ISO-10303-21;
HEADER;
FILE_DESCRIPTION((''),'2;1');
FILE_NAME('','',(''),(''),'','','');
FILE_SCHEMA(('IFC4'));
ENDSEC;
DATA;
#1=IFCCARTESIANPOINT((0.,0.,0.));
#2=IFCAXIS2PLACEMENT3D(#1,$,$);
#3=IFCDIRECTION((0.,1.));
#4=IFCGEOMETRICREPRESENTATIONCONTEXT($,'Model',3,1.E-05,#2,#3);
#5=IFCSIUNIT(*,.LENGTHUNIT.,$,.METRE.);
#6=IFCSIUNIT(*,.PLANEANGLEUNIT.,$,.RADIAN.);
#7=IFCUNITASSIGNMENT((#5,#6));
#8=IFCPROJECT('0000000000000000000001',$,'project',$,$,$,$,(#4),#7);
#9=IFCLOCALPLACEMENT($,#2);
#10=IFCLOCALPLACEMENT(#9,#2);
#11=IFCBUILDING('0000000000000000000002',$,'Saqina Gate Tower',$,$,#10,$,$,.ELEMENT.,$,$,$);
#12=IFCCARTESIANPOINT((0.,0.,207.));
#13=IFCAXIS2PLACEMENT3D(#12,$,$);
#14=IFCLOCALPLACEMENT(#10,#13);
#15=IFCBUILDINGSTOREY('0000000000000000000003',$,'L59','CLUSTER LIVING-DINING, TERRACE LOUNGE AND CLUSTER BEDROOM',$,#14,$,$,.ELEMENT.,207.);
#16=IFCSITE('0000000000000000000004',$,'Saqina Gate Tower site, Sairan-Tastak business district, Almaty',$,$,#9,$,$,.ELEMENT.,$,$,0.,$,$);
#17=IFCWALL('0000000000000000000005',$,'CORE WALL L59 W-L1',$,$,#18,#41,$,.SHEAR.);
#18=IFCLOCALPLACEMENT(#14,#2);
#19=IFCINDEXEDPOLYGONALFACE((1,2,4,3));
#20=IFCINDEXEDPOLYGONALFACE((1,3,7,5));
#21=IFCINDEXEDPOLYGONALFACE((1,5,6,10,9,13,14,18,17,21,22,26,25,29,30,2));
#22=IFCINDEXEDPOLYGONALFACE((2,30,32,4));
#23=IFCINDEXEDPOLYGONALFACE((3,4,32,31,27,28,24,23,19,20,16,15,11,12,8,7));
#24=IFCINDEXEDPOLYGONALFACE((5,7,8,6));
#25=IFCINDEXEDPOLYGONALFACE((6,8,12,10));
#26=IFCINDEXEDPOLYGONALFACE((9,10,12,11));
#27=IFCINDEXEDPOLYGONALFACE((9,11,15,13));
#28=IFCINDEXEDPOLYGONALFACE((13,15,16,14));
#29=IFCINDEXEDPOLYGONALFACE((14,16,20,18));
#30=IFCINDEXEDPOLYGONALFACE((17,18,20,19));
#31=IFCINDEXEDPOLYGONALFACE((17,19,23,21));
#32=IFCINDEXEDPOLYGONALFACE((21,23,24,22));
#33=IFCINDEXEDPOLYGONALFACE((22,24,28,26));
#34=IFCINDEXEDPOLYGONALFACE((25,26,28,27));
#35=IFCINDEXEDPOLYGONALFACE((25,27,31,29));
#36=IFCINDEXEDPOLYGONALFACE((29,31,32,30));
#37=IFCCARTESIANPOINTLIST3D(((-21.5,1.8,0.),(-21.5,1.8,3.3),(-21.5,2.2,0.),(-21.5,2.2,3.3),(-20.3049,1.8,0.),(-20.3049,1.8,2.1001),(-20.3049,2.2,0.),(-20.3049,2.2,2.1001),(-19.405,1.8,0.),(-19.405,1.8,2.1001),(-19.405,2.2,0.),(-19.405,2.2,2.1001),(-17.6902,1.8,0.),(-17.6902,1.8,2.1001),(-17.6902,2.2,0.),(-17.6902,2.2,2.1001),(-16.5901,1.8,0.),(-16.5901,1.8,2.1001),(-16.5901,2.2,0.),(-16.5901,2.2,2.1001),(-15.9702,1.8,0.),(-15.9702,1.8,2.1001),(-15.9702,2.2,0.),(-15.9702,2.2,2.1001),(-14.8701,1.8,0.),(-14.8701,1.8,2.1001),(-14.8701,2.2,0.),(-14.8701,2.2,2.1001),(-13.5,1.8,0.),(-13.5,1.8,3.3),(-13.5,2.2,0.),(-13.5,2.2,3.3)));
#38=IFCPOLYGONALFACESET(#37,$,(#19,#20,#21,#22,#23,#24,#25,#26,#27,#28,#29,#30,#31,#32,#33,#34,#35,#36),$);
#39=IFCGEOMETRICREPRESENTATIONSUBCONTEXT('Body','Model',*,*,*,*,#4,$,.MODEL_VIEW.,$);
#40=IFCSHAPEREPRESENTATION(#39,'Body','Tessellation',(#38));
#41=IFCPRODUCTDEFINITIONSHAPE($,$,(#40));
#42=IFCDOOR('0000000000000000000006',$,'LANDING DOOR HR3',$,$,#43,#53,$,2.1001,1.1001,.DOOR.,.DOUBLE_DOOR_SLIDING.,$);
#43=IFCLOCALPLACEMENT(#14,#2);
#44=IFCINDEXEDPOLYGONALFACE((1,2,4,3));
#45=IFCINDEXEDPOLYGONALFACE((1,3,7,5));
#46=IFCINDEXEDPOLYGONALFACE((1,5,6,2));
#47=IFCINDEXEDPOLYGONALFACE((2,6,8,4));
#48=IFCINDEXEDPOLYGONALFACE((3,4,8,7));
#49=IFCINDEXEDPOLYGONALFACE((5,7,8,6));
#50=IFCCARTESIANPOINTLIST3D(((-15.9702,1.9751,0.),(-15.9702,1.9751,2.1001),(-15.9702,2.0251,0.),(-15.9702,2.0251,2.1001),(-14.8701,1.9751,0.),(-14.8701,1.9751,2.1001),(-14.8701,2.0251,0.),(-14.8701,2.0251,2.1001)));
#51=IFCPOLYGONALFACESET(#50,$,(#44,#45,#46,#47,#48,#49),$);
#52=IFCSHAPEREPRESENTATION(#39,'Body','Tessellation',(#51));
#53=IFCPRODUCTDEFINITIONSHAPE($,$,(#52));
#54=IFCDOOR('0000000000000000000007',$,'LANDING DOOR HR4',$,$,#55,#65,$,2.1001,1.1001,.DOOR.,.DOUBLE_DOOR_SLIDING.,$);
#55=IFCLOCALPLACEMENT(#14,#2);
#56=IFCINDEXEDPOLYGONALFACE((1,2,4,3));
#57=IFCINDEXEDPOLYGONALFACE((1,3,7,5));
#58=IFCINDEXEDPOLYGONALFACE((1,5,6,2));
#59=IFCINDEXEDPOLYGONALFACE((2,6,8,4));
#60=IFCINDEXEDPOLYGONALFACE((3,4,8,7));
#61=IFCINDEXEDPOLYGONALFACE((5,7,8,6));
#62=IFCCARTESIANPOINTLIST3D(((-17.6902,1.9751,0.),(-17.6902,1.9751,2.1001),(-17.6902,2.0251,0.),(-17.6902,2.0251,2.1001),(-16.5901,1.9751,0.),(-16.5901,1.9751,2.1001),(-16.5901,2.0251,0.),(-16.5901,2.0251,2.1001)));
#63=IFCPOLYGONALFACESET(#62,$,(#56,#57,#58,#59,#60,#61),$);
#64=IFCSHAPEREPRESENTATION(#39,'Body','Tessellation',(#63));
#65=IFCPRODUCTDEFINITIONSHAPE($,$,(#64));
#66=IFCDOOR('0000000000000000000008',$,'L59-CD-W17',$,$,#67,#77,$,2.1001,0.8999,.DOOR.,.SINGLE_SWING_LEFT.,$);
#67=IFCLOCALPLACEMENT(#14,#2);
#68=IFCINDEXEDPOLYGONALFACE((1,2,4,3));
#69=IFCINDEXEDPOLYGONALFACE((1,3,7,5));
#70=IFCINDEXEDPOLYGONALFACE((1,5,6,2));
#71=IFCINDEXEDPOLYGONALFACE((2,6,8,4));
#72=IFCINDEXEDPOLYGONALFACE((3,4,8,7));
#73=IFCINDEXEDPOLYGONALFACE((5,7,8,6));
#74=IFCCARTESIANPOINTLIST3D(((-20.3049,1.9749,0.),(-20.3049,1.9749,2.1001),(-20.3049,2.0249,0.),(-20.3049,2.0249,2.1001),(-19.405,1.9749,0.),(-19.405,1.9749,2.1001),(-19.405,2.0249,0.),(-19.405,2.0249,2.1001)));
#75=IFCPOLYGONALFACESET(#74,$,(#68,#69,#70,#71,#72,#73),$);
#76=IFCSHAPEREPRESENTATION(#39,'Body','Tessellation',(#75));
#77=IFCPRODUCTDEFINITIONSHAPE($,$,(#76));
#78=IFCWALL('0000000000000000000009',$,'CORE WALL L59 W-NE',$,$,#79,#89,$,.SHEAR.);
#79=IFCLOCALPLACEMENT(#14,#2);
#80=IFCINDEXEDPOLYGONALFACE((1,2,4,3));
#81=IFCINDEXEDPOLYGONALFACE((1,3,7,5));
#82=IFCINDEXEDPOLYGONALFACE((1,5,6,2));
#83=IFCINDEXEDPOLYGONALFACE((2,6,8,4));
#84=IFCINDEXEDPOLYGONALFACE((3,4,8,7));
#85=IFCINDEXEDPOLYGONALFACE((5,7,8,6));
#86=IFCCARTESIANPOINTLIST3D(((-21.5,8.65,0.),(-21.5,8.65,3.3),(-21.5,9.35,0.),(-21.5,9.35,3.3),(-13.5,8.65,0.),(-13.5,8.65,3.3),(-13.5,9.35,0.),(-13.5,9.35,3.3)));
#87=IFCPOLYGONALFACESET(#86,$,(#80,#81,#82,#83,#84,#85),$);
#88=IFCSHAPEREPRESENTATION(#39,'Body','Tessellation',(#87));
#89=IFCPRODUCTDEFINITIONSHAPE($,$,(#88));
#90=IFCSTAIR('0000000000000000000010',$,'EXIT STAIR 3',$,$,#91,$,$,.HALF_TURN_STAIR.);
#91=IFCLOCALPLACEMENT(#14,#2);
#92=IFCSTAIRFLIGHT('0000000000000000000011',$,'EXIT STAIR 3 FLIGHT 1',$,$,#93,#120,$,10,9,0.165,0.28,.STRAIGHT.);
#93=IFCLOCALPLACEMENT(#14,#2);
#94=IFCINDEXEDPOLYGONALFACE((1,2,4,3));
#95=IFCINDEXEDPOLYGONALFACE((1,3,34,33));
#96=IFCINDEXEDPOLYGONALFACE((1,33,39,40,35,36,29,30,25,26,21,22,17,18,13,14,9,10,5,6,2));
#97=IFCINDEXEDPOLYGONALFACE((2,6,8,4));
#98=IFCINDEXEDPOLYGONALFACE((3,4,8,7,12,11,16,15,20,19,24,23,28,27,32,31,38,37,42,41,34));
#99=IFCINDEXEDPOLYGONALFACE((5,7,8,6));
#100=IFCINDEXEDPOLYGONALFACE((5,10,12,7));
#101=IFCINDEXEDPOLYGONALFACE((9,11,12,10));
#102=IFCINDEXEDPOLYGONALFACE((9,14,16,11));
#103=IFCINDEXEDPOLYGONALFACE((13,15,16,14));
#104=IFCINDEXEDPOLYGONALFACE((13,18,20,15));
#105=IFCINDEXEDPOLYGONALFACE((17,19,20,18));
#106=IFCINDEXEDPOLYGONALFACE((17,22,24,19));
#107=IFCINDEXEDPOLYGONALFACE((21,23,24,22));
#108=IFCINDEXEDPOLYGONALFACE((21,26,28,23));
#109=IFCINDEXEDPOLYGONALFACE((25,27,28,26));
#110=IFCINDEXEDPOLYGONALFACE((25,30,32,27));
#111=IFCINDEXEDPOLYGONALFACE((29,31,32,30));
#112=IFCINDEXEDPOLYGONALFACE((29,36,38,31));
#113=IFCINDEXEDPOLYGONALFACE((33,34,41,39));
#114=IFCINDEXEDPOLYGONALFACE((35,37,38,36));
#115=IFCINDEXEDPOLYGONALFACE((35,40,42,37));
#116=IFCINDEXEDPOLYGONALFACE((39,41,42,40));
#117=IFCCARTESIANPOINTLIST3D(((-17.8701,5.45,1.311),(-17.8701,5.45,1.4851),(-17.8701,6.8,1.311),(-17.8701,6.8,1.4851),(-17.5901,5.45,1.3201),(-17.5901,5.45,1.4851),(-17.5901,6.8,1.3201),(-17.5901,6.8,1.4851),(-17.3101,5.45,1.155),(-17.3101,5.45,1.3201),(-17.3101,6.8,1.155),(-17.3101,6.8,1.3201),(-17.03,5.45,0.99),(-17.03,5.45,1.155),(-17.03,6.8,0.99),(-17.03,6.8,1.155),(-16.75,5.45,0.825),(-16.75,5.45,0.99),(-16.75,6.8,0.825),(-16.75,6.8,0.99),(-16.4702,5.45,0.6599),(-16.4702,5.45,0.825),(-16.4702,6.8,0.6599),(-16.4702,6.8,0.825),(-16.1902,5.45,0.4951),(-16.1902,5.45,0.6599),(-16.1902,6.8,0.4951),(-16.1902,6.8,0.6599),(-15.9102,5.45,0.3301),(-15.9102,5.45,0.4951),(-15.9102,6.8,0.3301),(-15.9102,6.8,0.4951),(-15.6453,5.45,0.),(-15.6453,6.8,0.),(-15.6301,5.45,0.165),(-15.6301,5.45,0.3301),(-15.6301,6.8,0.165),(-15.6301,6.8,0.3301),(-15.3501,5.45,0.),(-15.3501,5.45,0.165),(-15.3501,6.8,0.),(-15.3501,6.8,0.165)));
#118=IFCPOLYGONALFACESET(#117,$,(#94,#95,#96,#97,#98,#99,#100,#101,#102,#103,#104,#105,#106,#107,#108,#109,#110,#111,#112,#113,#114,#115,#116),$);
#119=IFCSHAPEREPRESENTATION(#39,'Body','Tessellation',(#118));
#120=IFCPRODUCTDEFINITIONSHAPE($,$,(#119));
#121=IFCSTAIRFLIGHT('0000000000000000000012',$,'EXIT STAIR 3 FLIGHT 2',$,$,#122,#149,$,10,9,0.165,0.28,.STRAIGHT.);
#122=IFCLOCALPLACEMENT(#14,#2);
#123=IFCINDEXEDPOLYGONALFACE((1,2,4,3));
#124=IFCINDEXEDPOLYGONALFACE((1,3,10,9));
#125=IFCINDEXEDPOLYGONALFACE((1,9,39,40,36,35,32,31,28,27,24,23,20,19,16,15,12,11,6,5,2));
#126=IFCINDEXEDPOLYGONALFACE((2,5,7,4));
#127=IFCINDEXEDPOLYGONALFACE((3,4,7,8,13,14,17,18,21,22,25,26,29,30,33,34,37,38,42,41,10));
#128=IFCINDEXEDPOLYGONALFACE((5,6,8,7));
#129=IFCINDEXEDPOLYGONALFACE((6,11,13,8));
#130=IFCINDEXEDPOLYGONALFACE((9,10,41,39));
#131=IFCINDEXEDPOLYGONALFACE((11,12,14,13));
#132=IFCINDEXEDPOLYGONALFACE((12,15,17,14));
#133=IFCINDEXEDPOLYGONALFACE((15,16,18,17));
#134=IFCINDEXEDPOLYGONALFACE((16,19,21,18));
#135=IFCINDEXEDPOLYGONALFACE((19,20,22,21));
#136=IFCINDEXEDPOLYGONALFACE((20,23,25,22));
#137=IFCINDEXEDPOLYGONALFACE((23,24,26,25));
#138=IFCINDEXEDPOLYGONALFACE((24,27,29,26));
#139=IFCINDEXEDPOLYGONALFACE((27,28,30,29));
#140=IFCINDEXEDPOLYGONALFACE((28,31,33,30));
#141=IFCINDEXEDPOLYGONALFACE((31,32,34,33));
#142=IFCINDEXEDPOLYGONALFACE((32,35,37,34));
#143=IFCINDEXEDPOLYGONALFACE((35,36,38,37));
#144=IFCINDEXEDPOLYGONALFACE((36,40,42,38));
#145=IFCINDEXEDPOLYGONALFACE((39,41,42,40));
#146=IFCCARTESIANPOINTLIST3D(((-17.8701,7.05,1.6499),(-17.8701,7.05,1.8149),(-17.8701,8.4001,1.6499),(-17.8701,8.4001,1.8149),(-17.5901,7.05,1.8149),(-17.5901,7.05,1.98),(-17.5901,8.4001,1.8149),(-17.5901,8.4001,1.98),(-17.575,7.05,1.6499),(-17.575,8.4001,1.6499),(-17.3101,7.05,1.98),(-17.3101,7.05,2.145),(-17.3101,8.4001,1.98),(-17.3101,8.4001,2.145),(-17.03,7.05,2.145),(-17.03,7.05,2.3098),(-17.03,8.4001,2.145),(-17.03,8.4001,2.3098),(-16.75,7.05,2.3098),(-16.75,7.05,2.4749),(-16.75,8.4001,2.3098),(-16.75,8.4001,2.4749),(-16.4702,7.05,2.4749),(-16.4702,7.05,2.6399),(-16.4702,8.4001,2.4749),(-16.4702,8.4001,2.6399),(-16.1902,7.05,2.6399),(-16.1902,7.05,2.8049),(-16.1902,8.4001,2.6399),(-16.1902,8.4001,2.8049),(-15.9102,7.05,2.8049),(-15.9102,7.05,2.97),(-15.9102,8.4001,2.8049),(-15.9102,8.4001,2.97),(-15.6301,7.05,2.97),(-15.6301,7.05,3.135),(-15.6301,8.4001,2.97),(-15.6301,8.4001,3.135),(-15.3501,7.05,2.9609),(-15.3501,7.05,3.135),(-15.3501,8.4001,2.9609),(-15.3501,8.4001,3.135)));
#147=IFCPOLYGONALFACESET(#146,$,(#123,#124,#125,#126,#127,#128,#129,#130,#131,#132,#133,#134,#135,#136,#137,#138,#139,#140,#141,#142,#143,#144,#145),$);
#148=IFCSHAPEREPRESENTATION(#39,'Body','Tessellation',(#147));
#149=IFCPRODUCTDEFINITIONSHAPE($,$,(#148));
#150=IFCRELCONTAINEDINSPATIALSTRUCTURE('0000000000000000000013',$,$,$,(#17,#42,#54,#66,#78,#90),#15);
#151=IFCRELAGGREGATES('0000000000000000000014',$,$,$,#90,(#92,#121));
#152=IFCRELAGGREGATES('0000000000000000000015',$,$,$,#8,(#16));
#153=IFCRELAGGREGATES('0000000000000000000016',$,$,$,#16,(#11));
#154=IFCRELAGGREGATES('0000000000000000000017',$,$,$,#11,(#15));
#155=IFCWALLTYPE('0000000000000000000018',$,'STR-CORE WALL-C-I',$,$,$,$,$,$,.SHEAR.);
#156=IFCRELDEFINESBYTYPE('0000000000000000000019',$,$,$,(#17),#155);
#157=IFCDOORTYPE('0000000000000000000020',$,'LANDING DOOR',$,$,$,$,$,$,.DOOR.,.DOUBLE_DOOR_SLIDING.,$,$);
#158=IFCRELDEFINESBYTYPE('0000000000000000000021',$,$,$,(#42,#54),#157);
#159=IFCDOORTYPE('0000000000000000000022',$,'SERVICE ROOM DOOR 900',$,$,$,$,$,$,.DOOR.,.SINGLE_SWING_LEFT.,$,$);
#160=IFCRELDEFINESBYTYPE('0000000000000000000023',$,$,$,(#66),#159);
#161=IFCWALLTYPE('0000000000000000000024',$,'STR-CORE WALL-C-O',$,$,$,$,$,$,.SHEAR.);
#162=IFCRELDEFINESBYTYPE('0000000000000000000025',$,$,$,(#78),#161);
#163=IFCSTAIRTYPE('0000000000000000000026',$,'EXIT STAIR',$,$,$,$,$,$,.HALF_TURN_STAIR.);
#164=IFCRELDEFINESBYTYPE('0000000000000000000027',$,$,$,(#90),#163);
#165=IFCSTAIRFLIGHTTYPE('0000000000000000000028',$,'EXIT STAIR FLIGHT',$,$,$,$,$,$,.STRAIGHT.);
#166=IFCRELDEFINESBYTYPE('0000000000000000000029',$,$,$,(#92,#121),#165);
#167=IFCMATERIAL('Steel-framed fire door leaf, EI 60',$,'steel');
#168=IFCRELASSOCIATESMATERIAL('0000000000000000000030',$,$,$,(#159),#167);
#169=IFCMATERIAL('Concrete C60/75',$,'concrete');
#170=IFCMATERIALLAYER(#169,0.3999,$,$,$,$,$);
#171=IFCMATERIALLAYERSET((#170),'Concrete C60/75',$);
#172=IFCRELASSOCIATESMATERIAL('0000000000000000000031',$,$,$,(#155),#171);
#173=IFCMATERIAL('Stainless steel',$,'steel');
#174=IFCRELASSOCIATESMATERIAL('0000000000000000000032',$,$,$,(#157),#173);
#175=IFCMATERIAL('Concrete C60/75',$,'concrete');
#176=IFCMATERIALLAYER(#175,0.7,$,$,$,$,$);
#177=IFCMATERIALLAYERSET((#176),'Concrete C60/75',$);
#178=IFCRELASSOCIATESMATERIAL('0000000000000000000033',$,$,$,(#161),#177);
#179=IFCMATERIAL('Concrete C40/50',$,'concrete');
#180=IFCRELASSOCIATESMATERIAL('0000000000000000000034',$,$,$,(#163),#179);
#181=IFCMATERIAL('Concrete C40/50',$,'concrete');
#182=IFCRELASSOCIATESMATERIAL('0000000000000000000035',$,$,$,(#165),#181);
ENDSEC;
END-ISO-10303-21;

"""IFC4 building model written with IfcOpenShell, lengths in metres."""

from ifc_helpers import new_model, si_unit, direction, frame, frame_2d, origin, place, context, subcontext, project, spatial, polyline, rectangle, outline, extrude, material, layer, layer_set, type_object, element, fill, aggregate, save


model = new_model("IFC4")

# Units and contexts
model_context = context("Model", 3, precision=1e-05, world=origin(), true_north=direction((0.0, 1.0)))
body_context = subcontext(model_context, "Body", "Model", "MODEL_VIEW")
ifc_project = project(units=[si_unit("LENGTHUNIT", "METRE"), si_unit("PLANEANGLEUNIT", "RADIAN")], contexts=[model_context])

# Site, building, storey
site_placement = place(None, origin())
site = spatial("IfcSite", under=ifc_project, at=site_placement, Name="Saqina Gate Tower site, Sairan-Tastak business district, Almaty", CompositionType="ELEMENT", RefElevation=0.0)
building_placement = place(site_placement, origin())
building = spatial("IfcBuilding", under=site, at=building_placement, Name="Saqina Gate Tower", CompositionType="ELEMENT")
storey_placement = place(building_placement, frame((0.0, 0.0, 207.0)))
storey = spatial("IfcBuildingStorey", under=building, at=storey_placement, Name="L59", Description="CLUSTER LIVING-DINING, TERRACE LOUNGE AND CLUSTER BEDROOM", CompositionType="ELEMENT", Elevation=207.0)

# Shared definitions
ifc_material_1 = material(Name="Steel-framed fire door leaf, EI 60", Category="steel")
door_type_1 = type_object("IfcDoorType", Name="SERVICE ROOM DOOR 900", OperationType="SINGLE_SWING_LEFT", PredefinedType="DOOR", material=ifc_material_1)

# Shared definitions
ifc_material_2 = material(Name="Concrete C60/75", Category="concrete")
ifc_layer_1 = layer(ifc_material_2, 0.3999)
ifc_layer_set_1 = layer_set([ifc_layer_1], Name="Concrete C60/75")
wall_type_1 = type_object("IfcWallType", Name="STR-CORE WALL-C-I", PredefinedType="SHEAR", material=ifc_layer_set_1)

# Wall, openings, doors
wall_1_placement = place(storey_placement, frame((-13.5, 2.0, 0.0), z_axis=(0.0, 0.0, 1.0), x_axis=(-1.0, 0.0, 0.0)))
wall_1 = element("IfcWall", 1, at=wall_1_placement, inside=storey, type_object=wall_type_1, Name="CORE WALL L59 W-L1", PredefinedType="SHEAR", context=body_context, shape_type="SweptSolid", body=[
    extrude(rectangle(XDim=8.0, YDim=0.3999, at=frame_2d((4.0, 0.0))), origin(), (0.0, 0.0, 1.0), 3.3),
])
opening_1_placement = place(wall_1_placement, frame((1.3701, 0.0, 0.0)))
opening_1 = element("IfcOpeningElement", 2, at=opening_1_placement, cuts=wall_1, PredefinedType="OPENING", context=body_context, shape_type="SweptSolid", body=[
    extrude(rectangle(XDim=1.1001, YDim=2.1001, at=frame_2d((0.55, 1.05))), frame((0.0, 0.2119, 0.0), z_axis=(0.0, -1.0, 0.0), x_axis=(1.0, 0.0, 0.0)), (0.0, 0.0, 1.0), 0.4238),
])
opening_2_placement = place(wall_1_placement, frame((3.0901, 0.0, 0.0)))
opening_2 = element("IfcOpeningElement", 3, at=opening_2_placement, cuts=wall_1, PredefinedType="OPENING", context=body_context, shape_type="SweptSolid", body=[
    extrude(rectangle(XDim=1.1001, YDim=2.1001, at=frame_2d((0.55, 1.05))), frame((0.0, 0.2119, 0.0), z_axis=(0.0, -1.0, 0.0), x_axis=(1.0, 0.0, 0.0)), (0.0, 0.0, 1.0), 0.4238),
])
opening_3_placement = place(wall_1_placement, frame((5.905, 0.0, 0.0)))
opening_3 = element("IfcOpeningElement", 4, at=opening_3_placement, cuts=wall_1, PredefinedType="OPENING", context=body_context, shape_type="SweptSolid", body=[
    extrude(rectangle(XDim=0.8999, YDim=2.1001, at=frame_2d((0.45, 1.05))), frame((0.0, 0.2119, 0.0), z_axis=(0.0, -1.0, 0.0), x_axis=(1.0, 0.0, 0.0)), (0.0, 0.0, 1.0), 0.4238),
])
ifc_material_3 = material(Name="Stainless steel", Category="steel")
door_type_2 = type_object("IfcDoorType", Name="LANDING DOOR", OperationType="DOUBLE_DOOR_SLIDING", PredefinedType="DOOR", material=ifc_material_3)
door_1_placement = place(opening_1_placement, origin())
door_1 = element("IfcDoor", 5, at=door_1_placement, inside=storey, type_object=door_type_2, Name="LANDING DOOR HR3", OperationType="DOUBLE_DOOR_SLIDING", OverallHeight=2.1001, OverallWidth=1.1001, PredefinedType="DOOR", context=body_context, shape_type="SweptSolid", body=[
    extrude(rectangle(XDim=1.1001, YDim=2.1001, at=frame_2d((0.55, 1.05))), frame((0.0, 0.0249, 0.0), z_axis=(0.0, -1.0, 0.0), x_axis=(1.0, 0.0, 0.0)), (0.0, 0.0, 1.0), 0.05),
])
fill(opening_1, door_1)
door_2_placement = place(opening_2_placement, origin())
door_2 = element("IfcDoor", 6, at=door_2_placement, inside=storey, type_object=door_type_2, Name="LANDING DOOR HR4", OperationType="DOUBLE_DOOR_SLIDING", OverallHeight=2.1001, OverallWidth=1.1001, PredefinedType="DOOR", context=body_context, shape_type="SweptSolid", body=[
    extrude(rectangle(XDim=1.1001, YDim=2.1001, at=frame_2d((0.55, 1.05))), frame((0.0, 0.0249, 0.0), z_axis=(0.0, -1.0, 0.0), x_axis=(1.0, 0.0, 0.0)), (0.0, 0.0, 1.0), 0.05),
])
fill(opening_2, door_2)
door_3_placement = place(opening_3_placement, frame((0.8999, 0.0, 0.0), z_axis=(0.0, 0.0, 1.0), x_axis=(-1.0, 0.0, 0.0)))
door_3 = element("IfcDoor", 7, at=door_3_placement, inside=storey, type_object=door_type_1, Name="L59-CD-W17", OperationType="SINGLE_SWING_LEFT", OverallHeight=2.1001, OverallWidth=0.8999, PredefinedType="DOOR", context=body_context, shape_type="SweptSolid", body=[
    extrude(rectangle(XDim=0.8999, YDim=2.1001, at=frame_2d((0.45, 1.05))), frame((0.0, 0.0249, 0.0), z_axis=(0.0, -1.0, 0.0), x_axis=(1.0, 0.0, 0.0)), (0.0, 0.0, 1.0), 0.05),
])
fill(opening_3, door_3)

# Wall
ifc_material_4 = material(Name="Concrete C60/75", Category="concrete")
ifc_layer_2 = layer(ifc_material_4, 0.7)
ifc_layer_set_2 = layer_set([ifc_layer_2], Name="Concrete C60/75")
wall_type_2 = type_object("IfcWallType", Name="STR-CORE WALL-C-O", PredefinedType="SHEAR", material=ifc_layer_set_2)
wall_2_placement = place(storey_placement, frame((-13.5, 9.0, 0.0), z_axis=(0.0, 0.0, 1.0), x_axis=(-1.0, 0.0, 0.0)))
element("IfcWall", 8, at=wall_2_placement, inside=storey, type_object=wall_type_2, Name="CORE WALL L59 W-NE", PredefinedType="SHEAR", context=body_context, shape_type="SweptSolid", body=[
    extrude(rectangle(XDim=8.0, YDim=0.7, at=frame_2d((4.0, 0.0))), origin(), (0.0, 0.0, 1.0), 3.3),
])

# Stair, stair flights
ifc_material_5 = material(Name="Concrete C40/50", Category="concrete")
stair_type = type_object("IfcStairType", Name="EXIT STAIR", PredefinedType="HALF_TURN_STAIR", material=ifc_material_5)
stair_placement = place(storey_placement, origin())
stair = element("IfcStair", 9, at=stair_placement, inside=storey, type_object=stair_type, Name="EXIT STAIR 3", PredefinedType="HALF_TURN_STAIR")
ifc_material_6 = material(Name="Concrete C40/50", Category="concrete")
stair_flight_type = type_object("IfcStairFlightType", Name="EXIT STAIR FLIGHT", PredefinedType="STRAIGHT", material=ifc_material_6)
stair_flight_1_placement = place(storey_placement, frame((-15.3501, 6.125, 0.0), z_axis=(0.0, 0.0, 1.0), x_axis=(-1.0, 0.0, 0.0)))
stair_flight_1 = element("IfcStairFlight", 10, at=stair_flight_1_placement, type_object=stair_flight_type, Name="EXIT STAIR 3 FLIGHT 1", NumberOfRisers=10, NumberOfTreads=9, PredefinedType="STRAIGHT", RiserHeight=0.165, TreadLength=0.28, context=body_context, shape_type="SweptSolid", body=[
    extrude(outline(polyline([(0.0, 0.0), (0.0, 0.165), (0.28, 0.165), (0.28, 0.3301), (0.5601, 0.3301), (0.5601, 0.4951), (0.8401, 0.4951), (0.8401, 0.6599), (1.1201, 0.6599), (1.1201, 0.825), (1.3999, 0.825), (1.3999, 0.99), (1.6799, 0.99), (1.6799, 1.155), (1.96, 1.155), (1.96, 1.3201), (2.24, 1.3201), (2.24, 1.4851), (2.52, 1.4851), (2.52, 1.6499), (2.52, 1.311), (0.2952, 0.0), (0.0, 0.0)])), frame((0.0, 0.675, 0.0), z_axis=(0.0, -1.0, 0.0), x_axis=(1.0, 0.0, 0.0)), (0.0, 0.0, 1.0), 1.3501),
])
stair_flight_2_placement = place(storey_placement, frame((-17.8701, 7.7251, 1.6499), z_axis=(0.0, 0.0, 1.0), x_axis=(1.0, 0.0, 0.0)))
stair_flight_2 = element("IfcStairFlight", 11, at=stair_flight_2_placement, type_object=stair_flight_type, Name="EXIT STAIR 3 FLIGHT 2", NumberOfRisers=10, NumberOfTreads=9, PredefinedType="STRAIGHT", RiserHeight=0.165, TreadLength=0.28, context=body_context, shape_type="SweptSolid", body=[
    extrude(outline(polyline([(0.0, 0.0), (0.0, 0.165), (0.28, 0.165), (0.28, 0.3301), (0.5601, 0.3301), (0.5601, 0.4951), (0.8401, 0.4951), (0.8401, 0.6599), (1.1201, 0.6599), (1.1201, 0.825), (1.3999, 0.825), (1.3999, 0.99), (1.6799, 0.99), (1.6799, 1.155), (1.96, 1.155), (1.96, 1.3201), (2.24, 1.3201), (2.24, 1.4851), (2.52, 1.4851), (2.52, 1.6499), (2.52, 1.311), (0.2952, 0.0), (0.0, 0.0)])), frame((0.0, 0.675, 0.0), z_axis=(0.0, -1.0, 0.0), x_axis=(1.0, 0.0, 0.0)), (0.0, 0.0, 1.0), 1.3501),
])
aggregate(stair, [stair_flight_1, stair_flight_2])

save(model, "model.ifc")
